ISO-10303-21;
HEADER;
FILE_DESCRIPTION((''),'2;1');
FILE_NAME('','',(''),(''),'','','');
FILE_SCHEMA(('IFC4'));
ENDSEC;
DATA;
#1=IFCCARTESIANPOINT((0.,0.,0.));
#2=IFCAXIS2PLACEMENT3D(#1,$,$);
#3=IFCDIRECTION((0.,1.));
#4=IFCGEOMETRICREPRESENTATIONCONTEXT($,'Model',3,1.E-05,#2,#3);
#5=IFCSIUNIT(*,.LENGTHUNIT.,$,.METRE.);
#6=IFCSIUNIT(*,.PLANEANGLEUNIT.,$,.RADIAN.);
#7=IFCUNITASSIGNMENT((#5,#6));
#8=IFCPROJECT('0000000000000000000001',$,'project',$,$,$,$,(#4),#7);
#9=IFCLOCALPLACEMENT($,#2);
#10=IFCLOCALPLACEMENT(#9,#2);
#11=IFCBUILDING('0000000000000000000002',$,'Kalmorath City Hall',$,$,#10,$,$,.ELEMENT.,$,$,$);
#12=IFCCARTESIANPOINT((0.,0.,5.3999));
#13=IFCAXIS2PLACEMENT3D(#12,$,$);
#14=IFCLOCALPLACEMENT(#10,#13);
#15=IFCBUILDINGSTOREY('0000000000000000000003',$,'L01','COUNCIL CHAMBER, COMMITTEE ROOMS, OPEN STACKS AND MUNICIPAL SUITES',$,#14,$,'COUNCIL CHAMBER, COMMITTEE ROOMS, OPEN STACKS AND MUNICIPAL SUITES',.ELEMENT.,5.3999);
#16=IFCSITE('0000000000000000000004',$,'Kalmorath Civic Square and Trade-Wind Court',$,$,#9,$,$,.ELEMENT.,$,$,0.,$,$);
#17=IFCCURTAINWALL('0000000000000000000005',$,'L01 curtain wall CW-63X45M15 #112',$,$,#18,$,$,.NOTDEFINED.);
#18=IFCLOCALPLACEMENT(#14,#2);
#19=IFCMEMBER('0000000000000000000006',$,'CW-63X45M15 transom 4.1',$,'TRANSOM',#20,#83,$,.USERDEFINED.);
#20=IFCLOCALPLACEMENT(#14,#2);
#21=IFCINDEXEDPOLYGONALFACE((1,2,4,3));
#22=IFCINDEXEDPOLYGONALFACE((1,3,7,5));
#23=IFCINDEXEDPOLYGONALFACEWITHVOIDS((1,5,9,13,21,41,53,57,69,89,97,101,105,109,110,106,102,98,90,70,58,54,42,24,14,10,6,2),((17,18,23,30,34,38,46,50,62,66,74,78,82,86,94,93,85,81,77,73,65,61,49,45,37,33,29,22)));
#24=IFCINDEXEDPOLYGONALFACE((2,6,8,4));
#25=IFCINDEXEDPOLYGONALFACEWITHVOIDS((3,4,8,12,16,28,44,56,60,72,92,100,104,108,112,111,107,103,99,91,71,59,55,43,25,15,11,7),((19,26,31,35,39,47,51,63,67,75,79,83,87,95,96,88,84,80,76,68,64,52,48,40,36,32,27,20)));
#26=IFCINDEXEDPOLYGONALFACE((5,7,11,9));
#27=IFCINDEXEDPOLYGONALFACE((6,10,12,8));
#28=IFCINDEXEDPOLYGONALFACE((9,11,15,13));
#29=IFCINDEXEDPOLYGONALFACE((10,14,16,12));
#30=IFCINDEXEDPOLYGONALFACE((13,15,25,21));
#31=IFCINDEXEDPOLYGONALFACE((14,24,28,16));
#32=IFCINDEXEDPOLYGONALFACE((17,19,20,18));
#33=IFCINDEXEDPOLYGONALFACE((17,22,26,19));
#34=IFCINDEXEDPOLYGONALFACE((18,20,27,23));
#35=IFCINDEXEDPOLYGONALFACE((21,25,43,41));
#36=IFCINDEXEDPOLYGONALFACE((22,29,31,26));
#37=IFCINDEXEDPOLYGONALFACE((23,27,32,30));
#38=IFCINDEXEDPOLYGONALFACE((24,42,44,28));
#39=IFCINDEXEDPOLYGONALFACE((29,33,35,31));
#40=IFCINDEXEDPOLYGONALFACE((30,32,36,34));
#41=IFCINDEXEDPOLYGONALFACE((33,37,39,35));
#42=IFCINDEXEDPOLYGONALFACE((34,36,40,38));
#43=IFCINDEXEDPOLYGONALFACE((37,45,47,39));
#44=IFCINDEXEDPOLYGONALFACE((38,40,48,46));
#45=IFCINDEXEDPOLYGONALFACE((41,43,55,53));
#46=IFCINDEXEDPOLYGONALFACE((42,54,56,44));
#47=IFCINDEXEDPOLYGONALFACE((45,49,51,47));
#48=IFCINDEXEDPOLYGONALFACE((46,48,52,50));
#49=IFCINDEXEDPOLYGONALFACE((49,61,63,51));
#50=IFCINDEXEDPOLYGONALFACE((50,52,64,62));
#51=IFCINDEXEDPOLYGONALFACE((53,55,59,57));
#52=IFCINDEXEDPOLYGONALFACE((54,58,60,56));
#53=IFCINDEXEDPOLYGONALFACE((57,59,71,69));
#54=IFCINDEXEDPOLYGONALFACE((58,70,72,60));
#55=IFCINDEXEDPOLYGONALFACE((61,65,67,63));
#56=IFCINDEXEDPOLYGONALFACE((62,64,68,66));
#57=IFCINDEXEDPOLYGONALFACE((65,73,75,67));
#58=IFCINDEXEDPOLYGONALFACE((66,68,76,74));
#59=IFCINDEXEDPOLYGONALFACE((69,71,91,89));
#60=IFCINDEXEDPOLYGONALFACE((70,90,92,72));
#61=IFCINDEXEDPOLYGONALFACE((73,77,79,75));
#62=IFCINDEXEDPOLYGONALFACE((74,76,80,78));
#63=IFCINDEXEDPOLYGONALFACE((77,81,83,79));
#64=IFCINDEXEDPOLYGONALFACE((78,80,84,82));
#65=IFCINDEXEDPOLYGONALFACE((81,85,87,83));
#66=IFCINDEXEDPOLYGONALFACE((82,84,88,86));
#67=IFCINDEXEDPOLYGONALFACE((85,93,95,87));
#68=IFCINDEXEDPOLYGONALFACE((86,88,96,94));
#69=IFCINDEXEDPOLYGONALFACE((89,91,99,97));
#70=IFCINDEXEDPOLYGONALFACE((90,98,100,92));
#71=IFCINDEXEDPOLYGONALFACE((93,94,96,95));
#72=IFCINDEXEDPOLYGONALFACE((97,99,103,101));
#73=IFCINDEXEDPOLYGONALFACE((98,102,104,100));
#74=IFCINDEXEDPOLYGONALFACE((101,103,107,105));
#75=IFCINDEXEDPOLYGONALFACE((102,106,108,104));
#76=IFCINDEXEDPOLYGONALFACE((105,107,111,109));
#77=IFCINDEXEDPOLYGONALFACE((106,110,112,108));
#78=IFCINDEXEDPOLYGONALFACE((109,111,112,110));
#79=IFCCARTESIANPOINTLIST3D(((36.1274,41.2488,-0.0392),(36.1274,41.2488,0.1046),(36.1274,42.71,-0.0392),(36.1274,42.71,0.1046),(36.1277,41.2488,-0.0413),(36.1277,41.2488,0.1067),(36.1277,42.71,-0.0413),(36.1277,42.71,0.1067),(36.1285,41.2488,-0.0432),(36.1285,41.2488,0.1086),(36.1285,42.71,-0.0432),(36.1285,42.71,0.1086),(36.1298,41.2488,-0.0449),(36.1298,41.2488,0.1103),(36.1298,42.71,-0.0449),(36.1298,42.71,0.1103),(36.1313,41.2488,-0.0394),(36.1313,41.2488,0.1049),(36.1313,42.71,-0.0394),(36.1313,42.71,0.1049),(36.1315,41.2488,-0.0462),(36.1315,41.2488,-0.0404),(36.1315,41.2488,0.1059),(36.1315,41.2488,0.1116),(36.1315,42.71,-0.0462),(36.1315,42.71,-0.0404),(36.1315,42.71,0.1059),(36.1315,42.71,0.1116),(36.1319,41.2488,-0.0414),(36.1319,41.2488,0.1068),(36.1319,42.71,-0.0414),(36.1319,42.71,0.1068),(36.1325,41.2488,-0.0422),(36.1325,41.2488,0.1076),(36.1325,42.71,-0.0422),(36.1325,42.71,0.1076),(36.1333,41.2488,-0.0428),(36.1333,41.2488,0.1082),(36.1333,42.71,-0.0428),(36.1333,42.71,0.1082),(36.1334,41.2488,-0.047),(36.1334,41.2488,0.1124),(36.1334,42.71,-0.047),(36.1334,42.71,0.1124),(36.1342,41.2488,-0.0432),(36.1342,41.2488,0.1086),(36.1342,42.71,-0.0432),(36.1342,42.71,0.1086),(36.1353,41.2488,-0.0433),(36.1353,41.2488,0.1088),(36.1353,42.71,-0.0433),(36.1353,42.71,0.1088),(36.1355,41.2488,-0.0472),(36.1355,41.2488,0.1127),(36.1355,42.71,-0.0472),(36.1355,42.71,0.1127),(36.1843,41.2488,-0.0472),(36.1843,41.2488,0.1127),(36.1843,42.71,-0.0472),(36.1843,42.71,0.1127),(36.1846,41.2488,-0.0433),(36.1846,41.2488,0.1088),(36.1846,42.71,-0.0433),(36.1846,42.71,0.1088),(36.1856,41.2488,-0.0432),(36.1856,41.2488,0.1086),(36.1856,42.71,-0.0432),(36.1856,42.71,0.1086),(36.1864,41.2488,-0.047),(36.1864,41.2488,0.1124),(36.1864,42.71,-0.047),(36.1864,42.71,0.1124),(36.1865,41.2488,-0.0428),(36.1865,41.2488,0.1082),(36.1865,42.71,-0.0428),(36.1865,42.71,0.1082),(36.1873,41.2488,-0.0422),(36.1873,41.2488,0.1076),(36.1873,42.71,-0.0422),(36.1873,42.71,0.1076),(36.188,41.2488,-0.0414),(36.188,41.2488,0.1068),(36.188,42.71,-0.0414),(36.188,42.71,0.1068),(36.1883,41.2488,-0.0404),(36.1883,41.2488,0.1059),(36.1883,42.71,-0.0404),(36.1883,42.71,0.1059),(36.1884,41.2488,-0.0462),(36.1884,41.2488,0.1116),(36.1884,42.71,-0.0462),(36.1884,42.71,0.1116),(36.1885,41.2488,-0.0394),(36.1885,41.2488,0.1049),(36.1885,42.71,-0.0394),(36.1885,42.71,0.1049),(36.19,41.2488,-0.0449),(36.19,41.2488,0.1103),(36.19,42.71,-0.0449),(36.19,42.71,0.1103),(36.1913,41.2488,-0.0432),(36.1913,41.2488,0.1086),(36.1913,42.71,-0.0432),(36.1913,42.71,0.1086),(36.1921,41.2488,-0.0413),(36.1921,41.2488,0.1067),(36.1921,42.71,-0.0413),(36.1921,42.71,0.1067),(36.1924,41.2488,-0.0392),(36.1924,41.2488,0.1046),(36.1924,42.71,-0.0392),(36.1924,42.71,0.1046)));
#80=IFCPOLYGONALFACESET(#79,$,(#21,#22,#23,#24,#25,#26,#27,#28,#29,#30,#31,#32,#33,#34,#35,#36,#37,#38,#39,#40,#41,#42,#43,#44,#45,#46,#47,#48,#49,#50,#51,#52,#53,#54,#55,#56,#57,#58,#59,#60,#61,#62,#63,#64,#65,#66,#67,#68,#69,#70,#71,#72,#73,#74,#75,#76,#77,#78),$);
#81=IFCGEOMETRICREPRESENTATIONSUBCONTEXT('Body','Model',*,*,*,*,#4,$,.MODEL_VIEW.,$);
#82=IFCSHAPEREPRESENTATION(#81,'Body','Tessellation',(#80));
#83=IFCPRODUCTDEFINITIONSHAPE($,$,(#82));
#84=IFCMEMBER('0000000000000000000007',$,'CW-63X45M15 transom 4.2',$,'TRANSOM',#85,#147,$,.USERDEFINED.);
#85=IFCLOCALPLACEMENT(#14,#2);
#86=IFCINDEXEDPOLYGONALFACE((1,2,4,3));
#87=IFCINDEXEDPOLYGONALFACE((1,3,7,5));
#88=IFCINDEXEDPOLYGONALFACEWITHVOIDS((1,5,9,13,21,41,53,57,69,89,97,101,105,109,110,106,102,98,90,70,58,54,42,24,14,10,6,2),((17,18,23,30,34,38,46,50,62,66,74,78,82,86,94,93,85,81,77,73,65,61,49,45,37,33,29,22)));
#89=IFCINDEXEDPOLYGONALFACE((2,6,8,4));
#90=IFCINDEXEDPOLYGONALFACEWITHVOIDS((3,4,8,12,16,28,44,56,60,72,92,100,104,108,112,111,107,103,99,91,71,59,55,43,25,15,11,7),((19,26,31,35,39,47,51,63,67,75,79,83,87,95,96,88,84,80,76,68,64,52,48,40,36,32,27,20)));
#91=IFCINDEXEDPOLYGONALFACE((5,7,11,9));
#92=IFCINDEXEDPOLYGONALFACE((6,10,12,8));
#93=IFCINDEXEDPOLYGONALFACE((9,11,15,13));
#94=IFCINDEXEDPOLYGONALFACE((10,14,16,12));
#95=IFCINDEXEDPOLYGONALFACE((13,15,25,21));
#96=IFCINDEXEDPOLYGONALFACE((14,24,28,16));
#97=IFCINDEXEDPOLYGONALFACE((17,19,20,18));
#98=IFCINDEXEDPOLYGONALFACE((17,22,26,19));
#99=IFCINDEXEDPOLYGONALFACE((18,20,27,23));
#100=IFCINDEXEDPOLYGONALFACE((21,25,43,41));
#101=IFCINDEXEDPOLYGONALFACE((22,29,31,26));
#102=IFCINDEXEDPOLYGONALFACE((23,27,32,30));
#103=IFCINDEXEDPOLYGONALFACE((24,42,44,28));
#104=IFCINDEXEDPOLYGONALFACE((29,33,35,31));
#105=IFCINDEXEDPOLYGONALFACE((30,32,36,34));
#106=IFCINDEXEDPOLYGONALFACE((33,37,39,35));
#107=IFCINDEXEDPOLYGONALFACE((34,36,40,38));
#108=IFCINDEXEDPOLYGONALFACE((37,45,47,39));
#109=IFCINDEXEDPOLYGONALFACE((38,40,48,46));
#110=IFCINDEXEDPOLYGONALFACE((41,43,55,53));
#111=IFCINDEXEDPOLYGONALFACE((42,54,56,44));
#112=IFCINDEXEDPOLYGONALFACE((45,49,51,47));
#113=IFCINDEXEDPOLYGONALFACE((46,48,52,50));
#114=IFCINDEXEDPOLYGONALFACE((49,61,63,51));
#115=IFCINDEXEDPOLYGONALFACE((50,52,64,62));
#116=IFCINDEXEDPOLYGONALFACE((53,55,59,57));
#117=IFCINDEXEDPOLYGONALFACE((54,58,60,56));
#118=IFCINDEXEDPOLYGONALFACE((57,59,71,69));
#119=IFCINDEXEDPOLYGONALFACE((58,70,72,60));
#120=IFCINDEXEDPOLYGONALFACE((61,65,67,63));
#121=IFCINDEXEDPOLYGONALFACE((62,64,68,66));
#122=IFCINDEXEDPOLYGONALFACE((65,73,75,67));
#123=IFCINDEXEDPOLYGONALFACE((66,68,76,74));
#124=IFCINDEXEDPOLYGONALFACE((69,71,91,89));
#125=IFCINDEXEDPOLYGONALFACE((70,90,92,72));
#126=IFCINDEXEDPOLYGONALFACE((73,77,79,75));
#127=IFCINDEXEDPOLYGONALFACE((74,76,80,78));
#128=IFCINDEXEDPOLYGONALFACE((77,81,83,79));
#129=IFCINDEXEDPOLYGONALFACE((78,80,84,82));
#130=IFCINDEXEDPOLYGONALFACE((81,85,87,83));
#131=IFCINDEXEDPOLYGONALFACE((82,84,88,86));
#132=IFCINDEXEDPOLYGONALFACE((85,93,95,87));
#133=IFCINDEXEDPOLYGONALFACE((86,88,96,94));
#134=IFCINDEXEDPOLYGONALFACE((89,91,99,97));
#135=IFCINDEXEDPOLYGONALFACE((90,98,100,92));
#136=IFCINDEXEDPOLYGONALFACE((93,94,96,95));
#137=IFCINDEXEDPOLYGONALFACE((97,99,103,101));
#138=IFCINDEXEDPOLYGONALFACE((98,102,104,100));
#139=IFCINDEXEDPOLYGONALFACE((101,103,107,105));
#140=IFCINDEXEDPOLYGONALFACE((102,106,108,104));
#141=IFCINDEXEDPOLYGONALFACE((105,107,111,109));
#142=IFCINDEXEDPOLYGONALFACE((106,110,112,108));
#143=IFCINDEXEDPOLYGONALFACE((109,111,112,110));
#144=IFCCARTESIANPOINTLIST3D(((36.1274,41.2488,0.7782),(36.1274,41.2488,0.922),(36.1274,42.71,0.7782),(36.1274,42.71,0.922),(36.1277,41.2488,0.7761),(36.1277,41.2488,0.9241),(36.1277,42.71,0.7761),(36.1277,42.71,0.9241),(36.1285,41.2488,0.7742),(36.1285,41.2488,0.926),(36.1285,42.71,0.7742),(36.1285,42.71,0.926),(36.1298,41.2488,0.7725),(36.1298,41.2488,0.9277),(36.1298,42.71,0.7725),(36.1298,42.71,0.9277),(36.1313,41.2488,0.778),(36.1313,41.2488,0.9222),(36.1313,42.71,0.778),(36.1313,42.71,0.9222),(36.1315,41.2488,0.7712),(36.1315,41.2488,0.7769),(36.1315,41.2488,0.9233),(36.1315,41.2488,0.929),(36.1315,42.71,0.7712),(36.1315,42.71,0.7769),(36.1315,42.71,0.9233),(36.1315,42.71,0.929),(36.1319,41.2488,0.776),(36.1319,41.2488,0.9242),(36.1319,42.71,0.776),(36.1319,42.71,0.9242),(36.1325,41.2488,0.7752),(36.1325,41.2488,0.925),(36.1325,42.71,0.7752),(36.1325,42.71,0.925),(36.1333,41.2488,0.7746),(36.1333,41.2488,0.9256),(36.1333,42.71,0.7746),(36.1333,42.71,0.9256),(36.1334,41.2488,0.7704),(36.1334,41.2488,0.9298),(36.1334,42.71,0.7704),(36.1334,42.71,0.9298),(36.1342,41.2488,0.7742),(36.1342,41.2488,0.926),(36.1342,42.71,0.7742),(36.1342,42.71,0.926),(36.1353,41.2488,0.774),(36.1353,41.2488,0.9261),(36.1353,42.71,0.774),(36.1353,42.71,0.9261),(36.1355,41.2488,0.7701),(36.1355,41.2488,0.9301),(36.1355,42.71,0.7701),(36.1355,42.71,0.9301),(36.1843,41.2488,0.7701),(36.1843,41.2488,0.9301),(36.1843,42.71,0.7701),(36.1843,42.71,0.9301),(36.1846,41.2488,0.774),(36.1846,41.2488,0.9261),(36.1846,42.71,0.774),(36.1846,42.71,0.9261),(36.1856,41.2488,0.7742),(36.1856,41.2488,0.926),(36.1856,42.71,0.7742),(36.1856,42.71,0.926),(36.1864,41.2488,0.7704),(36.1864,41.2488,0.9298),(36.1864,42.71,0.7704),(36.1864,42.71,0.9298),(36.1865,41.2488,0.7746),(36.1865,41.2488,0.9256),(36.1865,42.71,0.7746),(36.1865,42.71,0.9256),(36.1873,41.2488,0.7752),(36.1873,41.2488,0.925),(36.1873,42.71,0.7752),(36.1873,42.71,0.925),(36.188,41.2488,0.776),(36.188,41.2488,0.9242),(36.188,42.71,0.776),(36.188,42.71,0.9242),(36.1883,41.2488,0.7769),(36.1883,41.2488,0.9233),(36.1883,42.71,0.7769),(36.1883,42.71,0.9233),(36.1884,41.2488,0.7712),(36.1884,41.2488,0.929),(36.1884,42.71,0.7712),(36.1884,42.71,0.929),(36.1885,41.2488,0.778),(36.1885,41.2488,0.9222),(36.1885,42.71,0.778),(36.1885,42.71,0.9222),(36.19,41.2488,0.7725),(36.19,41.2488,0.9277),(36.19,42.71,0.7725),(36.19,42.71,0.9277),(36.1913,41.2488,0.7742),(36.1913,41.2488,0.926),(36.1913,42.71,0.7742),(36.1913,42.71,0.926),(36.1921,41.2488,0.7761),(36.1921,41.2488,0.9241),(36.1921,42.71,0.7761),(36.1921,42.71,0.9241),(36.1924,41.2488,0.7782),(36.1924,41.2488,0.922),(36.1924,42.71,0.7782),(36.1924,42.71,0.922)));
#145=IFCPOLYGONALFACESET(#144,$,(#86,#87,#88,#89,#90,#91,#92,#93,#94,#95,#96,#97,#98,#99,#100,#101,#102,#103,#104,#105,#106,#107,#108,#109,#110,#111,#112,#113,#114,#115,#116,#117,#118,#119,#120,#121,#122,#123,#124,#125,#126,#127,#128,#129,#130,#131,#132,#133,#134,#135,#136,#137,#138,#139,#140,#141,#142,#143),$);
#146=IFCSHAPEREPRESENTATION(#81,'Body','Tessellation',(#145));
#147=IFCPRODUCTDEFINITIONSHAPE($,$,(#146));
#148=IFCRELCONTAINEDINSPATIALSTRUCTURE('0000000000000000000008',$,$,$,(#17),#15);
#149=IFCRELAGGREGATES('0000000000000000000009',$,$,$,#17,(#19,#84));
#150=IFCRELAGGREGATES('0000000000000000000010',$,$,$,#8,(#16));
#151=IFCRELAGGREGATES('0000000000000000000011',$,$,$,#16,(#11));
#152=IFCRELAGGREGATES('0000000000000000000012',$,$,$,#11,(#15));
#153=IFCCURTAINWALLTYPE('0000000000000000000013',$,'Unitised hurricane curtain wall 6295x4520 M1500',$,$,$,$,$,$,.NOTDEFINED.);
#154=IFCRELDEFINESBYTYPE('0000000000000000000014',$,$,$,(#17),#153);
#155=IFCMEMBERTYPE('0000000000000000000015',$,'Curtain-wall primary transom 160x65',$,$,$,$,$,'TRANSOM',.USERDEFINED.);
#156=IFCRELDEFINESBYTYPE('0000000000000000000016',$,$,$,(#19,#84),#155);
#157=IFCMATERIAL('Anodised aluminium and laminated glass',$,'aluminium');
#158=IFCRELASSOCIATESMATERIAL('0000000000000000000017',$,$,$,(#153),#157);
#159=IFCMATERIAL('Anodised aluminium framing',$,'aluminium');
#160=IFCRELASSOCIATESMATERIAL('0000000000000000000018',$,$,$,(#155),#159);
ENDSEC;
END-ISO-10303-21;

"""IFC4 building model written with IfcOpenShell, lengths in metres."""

from ifc_helpers import new_model, si_unit, direction, frame, origin, origin_2d, place, context, subcontext, project, spatial, hollow_rectangle, extrude, material, material_profile, profile_set, type_object, element, aggregate, save


model = new_model("IFC4")

# Units and contexts
model_context = context("Model", 3, precision=1e-05, world=origin(), true_north=direction((0.0, 1.0)))
body_context = subcontext(model_context, "Body", "Model", "MODEL_VIEW")
ifc_project = project(units=[si_unit("LENGTHUNIT", "METRE"), si_unit("PLANEANGLEUNIT", "RADIAN")], contexts=[model_context])

# Site, building, storey
site_placement = place(None, origin())
site = spatial("IfcSite", under=ifc_project, at=site_placement, Name="Kalmorath Civic Square and Trade-Wind Court", CompositionType="ELEMENT", RefElevation=0.0)
building_placement = place(site_placement, origin())
building = spatial("IfcBuilding", under=site, at=building_placement, Name="Kalmorath City Hall", CompositionType="ELEMENT")
storey_placement = place(building_placement, frame((0.0, 0.0, 5.3999)))
storey = spatial("IfcBuildingStorey", under=building, at=storey_placement, Name="L01", Description="COUNCIL CHAMBER, COMMITTEE ROOMS, OPEN STACKS AND MUNICIPAL SUITES", LongName="COUNCIL CHAMBER, COMMITTEE ROOMS, OPEN STACKS AND MUNICIPAL SUITES", CompositionType="ELEMENT", Elevation=5.3999)

# Curtain wall
ifc_material_1 = material(Name="Anodised aluminium and laminated glass", Category="aluminium")
curtain_wall_type_1 = type_object("IfcCurtainWallType", Name="Unitised hurricane curtain wall 6295x4520 M1500", PredefinedType="NOTDEFINED", material=ifc_material_1)
curtain_wall_1_placement = place(storey_placement, origin())
curtain_wall_1 = element("IfcCurtainWall", 1, at=curtain_wall_1_placement, inside=storey, type_object=curtain_wall_type_1, Name="L01 curtain wall CW-63X45M15 #112", PredefinedType="NOTDEFINED")

# Members
ifc_material_2 = material(Name="Anodised aluminium framing", Category="aluminium")
ifc_material_profile_1 = material_profile(ifc_material_2, hollow_rectangle(XDim=0.0649, YDim=0.1599, WallThickness=0.0039, InnerFilletRadius=0.0039, OuterFilletRadius=0.0081, at=origin_2d()), Name="ALU-TRN-160X65X4")
ifc_profile_set_1 = profile_set([ifc_material_profile_1], Name="Anodised aluminium framing")
member_type_1 = type_object("IfcMemberType", Name="Curtain-wall primary transom 160x65", ElementType="TRANSOM", PredefinedType="USERDEFINED", material=ifc_profile_set_1)
member_1_placement = place(storey_placement, frame((36.1599, 41.2488, 0.0327), z_axis=(0.0, 1.0, 0.0), x_axis=(-1.0, 0.0, 0.0)))
member_1 = element("IfcMember", 2, at=member_1_placement, type_object=member_type_1, Name="CW-63X45M15 transom 4.1", ObjectType="TRANSOM", PredefinedType="USERDEFINED", context=body_context, shape_type="SweptSolid", body=[
    extrude(hollow_rectangle(XDim=0.0649, YDim=0.1599, WallThickness=0.0039, InnerFilletRadius=0.0039, OuterFilletRadius=0.0081, at=origin_2d()), origin(), (0.0, 0.0, 1.0), 1.4612),
])
member_2_placement = place(storey_placement, frame((36.1599, 41.2488, 0.8501), z_axis=(0.0, 1.0, 0.0), x_axis=(-1.0, 0.0, 0.0)))
member_2 = element("IfcMember", 3, at=member_2_placement, type_object=member_type_1, Name="CW-63X45M15 transom 4.2", ObjectType="TRANSOM", PredefinedType="USERDEFINED", context=body_context, shape_type="SweptSolid", body=[
    extrude(hollow_rectangle(XDim=0.0649, YDim=0.1599, WallThickness=0.0039, InnerFilletRadius=0.0039, OuterFilletRadius=0.0081, at=origin_2d()), origin(), (0.0, 0.0, 1.0), 1.4612),
])

aggregate(curtain_wall_1, [member_1, member_2])

save(model, "model.ifc")
